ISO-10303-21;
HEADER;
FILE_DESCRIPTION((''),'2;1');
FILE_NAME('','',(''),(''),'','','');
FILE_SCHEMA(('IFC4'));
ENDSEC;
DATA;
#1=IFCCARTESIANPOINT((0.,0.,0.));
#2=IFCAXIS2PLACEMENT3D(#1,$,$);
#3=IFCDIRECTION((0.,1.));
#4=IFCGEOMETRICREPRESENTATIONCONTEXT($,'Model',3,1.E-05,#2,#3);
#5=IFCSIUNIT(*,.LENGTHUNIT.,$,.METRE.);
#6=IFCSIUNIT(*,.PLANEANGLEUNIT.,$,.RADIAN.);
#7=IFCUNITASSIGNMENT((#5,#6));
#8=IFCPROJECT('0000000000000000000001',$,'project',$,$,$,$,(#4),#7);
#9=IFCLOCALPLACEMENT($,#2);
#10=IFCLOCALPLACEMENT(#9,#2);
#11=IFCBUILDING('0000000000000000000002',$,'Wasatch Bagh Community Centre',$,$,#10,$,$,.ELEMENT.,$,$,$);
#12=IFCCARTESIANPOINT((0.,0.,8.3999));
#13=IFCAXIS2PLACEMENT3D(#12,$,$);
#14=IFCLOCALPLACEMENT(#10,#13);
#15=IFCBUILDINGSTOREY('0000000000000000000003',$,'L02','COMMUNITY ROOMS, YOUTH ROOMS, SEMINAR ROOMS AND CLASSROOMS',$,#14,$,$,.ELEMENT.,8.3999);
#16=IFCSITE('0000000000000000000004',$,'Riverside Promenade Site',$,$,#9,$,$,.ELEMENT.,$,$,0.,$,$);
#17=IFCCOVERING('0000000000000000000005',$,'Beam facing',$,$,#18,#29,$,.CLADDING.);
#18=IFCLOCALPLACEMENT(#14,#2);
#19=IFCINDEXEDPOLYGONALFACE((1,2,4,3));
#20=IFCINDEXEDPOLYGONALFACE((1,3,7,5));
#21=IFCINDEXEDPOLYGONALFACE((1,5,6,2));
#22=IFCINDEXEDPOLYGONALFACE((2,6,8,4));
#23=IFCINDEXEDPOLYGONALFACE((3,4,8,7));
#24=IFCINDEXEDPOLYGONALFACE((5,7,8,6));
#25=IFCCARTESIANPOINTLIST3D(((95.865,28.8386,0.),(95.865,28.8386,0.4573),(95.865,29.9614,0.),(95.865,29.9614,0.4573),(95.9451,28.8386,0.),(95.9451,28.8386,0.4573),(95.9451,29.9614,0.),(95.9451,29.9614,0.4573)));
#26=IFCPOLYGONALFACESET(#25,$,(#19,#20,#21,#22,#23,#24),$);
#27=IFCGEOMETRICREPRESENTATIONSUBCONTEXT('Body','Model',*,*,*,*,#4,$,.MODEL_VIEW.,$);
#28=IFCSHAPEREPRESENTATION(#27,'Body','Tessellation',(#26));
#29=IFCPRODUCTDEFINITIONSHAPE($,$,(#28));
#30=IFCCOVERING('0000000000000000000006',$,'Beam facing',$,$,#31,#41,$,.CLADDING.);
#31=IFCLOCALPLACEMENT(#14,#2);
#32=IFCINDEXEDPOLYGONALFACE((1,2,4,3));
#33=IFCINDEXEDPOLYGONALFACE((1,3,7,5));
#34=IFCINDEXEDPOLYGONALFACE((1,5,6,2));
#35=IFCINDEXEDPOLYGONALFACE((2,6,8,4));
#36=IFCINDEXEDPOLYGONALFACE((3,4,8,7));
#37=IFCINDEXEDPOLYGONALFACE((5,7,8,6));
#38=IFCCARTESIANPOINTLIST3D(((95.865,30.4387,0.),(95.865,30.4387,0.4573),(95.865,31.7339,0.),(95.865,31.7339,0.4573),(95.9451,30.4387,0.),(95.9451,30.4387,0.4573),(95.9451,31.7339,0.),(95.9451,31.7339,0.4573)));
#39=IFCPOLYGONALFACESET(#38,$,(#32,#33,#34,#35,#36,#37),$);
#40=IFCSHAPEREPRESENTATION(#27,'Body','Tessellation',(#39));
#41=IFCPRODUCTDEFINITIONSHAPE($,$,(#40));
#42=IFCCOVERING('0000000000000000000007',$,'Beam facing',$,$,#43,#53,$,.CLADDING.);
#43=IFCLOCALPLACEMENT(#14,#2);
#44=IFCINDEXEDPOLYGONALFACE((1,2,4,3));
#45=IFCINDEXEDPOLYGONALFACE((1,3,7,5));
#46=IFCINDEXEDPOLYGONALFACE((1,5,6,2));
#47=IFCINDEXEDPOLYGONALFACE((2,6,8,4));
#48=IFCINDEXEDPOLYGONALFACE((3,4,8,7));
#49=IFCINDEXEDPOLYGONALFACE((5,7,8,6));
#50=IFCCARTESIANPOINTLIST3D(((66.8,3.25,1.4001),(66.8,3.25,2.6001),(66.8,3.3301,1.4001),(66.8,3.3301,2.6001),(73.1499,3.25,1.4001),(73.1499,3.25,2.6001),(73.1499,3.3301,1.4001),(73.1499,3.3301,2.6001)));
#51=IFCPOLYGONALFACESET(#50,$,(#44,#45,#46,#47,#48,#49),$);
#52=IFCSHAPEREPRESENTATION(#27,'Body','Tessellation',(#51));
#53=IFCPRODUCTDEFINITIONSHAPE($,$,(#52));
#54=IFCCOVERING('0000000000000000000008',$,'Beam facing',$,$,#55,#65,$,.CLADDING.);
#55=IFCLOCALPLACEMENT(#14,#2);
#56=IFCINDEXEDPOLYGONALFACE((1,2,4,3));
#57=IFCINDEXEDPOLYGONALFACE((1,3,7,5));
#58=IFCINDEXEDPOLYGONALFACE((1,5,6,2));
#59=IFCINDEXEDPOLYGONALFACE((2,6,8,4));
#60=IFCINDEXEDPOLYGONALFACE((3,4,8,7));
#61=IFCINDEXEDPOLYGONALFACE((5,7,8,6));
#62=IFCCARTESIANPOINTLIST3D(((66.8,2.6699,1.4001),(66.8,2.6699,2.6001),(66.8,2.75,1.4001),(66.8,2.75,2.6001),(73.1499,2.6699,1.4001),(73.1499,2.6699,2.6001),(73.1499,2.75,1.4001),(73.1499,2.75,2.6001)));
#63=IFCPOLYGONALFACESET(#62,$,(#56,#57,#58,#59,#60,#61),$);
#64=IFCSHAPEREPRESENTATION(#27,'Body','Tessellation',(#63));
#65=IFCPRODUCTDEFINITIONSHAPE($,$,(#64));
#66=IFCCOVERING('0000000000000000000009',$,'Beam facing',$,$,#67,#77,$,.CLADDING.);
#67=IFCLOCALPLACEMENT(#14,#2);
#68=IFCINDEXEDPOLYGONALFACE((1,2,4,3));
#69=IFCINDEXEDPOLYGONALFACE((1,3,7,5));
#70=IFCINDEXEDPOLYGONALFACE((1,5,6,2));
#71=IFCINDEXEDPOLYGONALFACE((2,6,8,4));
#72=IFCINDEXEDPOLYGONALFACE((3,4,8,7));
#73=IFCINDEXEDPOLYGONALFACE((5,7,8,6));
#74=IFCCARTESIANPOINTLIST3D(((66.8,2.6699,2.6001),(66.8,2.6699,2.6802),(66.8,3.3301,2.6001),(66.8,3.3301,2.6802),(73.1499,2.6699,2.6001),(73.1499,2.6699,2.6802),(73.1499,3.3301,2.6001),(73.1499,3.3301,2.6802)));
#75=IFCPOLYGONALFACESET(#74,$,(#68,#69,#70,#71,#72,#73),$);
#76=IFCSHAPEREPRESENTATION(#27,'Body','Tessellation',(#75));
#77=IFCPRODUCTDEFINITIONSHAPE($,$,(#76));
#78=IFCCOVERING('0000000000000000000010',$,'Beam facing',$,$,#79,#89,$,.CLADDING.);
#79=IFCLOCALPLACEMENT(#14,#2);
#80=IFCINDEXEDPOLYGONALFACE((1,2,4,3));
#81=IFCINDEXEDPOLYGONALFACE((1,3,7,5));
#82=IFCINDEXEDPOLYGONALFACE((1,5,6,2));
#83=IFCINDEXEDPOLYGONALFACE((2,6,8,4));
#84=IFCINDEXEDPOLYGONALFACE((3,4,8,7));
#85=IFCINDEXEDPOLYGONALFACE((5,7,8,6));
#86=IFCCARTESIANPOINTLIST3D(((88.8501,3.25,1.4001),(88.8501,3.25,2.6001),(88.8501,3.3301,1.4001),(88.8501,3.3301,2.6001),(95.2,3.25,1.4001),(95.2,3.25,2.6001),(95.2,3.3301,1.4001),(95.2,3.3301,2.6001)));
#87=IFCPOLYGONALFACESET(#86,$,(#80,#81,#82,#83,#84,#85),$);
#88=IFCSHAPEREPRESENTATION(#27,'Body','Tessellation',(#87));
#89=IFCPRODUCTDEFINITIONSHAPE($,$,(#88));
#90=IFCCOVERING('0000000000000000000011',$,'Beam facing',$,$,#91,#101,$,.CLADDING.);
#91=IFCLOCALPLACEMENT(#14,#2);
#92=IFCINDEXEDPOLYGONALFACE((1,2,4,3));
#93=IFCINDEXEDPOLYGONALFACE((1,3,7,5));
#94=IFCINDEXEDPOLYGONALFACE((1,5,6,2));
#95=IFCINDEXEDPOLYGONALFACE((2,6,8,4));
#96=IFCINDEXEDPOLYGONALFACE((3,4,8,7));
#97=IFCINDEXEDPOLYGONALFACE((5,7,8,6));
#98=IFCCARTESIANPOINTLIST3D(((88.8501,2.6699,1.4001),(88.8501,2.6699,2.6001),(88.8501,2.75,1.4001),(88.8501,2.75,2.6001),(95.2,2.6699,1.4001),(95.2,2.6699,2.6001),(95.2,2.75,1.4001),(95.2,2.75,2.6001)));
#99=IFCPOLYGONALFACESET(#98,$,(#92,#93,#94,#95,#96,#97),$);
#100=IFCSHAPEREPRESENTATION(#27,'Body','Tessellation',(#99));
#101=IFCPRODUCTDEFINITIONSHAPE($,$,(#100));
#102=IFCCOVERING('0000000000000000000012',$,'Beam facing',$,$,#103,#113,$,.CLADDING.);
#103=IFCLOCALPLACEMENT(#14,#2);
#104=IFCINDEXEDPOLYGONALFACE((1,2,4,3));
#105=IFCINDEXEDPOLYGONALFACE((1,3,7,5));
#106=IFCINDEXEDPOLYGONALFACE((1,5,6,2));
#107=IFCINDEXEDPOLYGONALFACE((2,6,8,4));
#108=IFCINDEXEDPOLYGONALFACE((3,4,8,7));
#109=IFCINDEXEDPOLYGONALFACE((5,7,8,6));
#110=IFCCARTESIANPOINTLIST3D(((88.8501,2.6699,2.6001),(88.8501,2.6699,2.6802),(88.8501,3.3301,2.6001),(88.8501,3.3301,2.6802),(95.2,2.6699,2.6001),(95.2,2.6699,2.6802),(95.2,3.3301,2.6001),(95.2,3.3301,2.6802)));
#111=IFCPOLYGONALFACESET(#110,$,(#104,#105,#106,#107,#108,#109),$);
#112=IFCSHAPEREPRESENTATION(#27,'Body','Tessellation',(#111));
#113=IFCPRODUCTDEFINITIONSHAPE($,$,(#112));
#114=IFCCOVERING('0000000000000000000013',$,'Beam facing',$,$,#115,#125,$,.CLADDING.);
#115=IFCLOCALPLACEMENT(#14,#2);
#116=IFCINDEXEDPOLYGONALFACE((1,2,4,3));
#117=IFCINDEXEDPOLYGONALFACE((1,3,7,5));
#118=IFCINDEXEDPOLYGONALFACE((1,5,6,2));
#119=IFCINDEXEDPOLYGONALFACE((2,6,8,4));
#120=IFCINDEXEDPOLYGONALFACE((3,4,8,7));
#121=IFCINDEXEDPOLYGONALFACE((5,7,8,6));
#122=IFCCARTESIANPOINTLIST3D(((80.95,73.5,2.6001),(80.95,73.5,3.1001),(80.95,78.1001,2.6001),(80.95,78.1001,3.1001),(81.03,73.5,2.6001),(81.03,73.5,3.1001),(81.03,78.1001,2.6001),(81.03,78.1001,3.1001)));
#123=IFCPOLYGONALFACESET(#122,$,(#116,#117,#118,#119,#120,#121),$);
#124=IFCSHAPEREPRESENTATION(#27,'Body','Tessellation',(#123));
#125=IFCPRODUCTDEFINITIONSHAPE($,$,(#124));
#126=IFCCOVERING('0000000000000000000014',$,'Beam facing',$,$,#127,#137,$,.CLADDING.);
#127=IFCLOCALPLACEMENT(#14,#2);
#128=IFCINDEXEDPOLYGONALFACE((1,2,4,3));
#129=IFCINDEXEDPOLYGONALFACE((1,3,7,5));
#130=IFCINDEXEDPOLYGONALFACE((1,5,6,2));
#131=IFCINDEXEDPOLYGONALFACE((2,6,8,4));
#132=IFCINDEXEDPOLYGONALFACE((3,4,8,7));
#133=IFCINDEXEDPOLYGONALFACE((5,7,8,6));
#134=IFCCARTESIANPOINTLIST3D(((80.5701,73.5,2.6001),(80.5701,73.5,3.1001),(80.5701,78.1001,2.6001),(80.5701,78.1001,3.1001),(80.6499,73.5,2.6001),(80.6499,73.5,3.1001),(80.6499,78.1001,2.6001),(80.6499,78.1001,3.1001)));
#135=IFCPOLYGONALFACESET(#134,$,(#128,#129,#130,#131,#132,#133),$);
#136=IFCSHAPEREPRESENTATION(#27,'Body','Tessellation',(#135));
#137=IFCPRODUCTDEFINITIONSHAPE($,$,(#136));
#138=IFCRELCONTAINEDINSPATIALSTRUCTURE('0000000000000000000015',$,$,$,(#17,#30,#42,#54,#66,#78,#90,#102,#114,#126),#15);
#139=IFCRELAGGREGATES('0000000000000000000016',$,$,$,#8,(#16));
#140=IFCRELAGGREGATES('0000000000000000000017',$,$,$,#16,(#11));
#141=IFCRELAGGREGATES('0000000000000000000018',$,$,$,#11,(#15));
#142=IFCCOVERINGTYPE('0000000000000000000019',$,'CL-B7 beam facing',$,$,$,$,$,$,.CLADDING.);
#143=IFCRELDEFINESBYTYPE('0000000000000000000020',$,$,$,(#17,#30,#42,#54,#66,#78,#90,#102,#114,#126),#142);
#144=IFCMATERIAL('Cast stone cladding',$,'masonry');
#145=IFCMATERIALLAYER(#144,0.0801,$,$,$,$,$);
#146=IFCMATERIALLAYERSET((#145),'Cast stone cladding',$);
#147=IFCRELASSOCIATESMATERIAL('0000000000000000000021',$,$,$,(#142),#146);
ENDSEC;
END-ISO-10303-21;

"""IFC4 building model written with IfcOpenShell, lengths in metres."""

from ifc_helpers import new_model, si_unit, direction, frame, origin, place, context, subcontext, project, spatial, polyline, outline, extrude, material, layer, layer_set, type_object, element, save


model = new_model("IFC4")

# Units and contexts
model_context = context("Model", 3, precision=1e-05, world=origin(), true_north=direction((0.0, 1.0)))
body_context = subcontext(model_context, "Body", "Model", "MODEL_VIEW")
ifc_project = project(units=[si_unit("LENGTHUNIT", "METRE"), si_unit("PLANEANGLEUNIT", "RADIAN")], contexts=[model_context])

# Site, building, storey
site_placement = place(None, origin())
site = spatial("IfcSite", under=ifc_project, at=site_placement, Name="Riverside Promenade Site", CompositionType="ELEMENT", RefElevation=0.0)
building_placement = place(site_placement, origin())
building = spatial("IfcBuilding", under=site, at=building_placement, Name="Wasatch Bagh Community Centre", CompositionType="ELEMENT")
storey_placement = place(building_placement, frame((0.0, 0.0, 8.3999)))
storey = spatial("IfcBuildingStorey", under=building, at=storey_placement, Name="L02", Description="COMMUNITY ROOMS, YOUTH ROOMS, SEMINAR ROOMS AND CLASSROOMS", CompositionType="ELEMENT", Elevation=8.3999)

# Coverings
ifc_material = material(Name="Cast stone cladding", Category="masonry")
ifc_layer = layer(ifc_material, 0.0801)
ifc_layer_set = layer_set([ifc_layer], Name="Cast stone cladding")
covering_type = type_object("IfcCoveringType", Name="CL-B7 beam facing", PredefinedType="CLADDING", material=ifc_layer_set)
covering_1_placement = place(storey_placement, origin())
element("IfcCovering", 1, at=covering_1_placement, inside=storey, type_object=covering_type, Name="Beam facing", PredefinedType="CLADDING", context=body_context, shape_type="SweptSolid", body=[
    extrude(outline(polyline([(95.865, 28.8386), (95.865, 29.9614), (95.9451, 29.9614), (95.9451, 28.8386), (95.865, 28.8386)])), origin(), (0.0, 0.0, 1.0), 0.4573),
])
covering_2_placement = place(storey_placement, origin())
element("IfcCovering", 2, at=covering_2_placement, inside=storey, type_object=covering_type, Name="Beam facing", PredefinedType="CLADDING", context=body_context, shape_type="SweptSolid", body=[
    extrude(outline(polyline([(95.865, 30.4387), (95.865, 31.7339), (95.9451, 31.7339), (95.9451, 30.4387), (95.865, 30.4387)])), origin(), (0.0, 0.0, 1.0), 0.4573),
])
covering_3_placement = place(storey_placement, frame((0.0, 0.0, 1.4001)))
element("IfcCovering", 3, at=covering_3_placement, inside=storey, type_object=covering_type, Name="Beam facing", PredefinedType="CLADDING", context=body_context, shape_type="SweptSolid", body=[
    extrude(outline(polyline([(66.8, 3.25), (73.1499, 3.25), (73.1499, 3.3301), (66.8, 3.3301), (66.8, 3.25)])), origin(), (0.0, 0.0, 1.0), 1.2),
])
covering_4_placement = place(storey_placement, frame((0.0, 0.0, 1.4001)))
element("IfcCovering", 4, at=covering_4_placement, inside=storey, type_object=covering_type, Name="Beam facing", PredefinedType="CLADDING", context=body_context, shape_type="SweptSolid", body=[
    extrude(outline(polyline([(66.8, 2.75), (73.1499, 2.75), (73.1499, 2.6699), (66.8, 2.6699), (66.8, 2.75)])), origin(), (0.0, 0.0, 1.0), 1.2),
])
covering_5_placement = place(storey_placement, frame((0.0, 0.0, 2.6001)))
element("IfcCovering", 5, at=covering_5_placement, inside=storey, type_object=covering_type, Name="Beam facing", PredefinedType="CLADDING", context=body_context, shape_type="SweptSolid", body=[
    extrude(outline(polyline([(66.8, 2.6699), (73.1499, 2.6699), (73.1499, 3.3301), (66.8, 3.3301), (66.8, 2.6699)])), origin(), (0.0, 0.0, 1.0), 0.0801),
])
covering_6_placement = place(storey_placement, frame((0.0, 0.0, 1.4001)))
element("IfcCovering", 6, at=covering_6_placement, inside=storey, type_object=covering_type, Name="Beam facing", PredefinedType="CLADDING", context=body_context, shape_type="SweptSolid", body=[
    extrude(outline(polyline([(88.8501, 3.25), (95.2, 3.25), (95.2, 3.3301), (88.8501, 3.3301), (88.8501, 3.25)])), origin(), (0.0, 0.0, 1.0), 1.2),
])
covering_7_placement = place(storey_placement, frame((0.0, 0.0, 1.4001)))
element("IfcCovering", 7, at=covering_7_placement, inside=storey, type_object=covering_type, Name="Beam facing", PredefinedType="CLADDING", context=body_context, shape_type="SweptSolid", body=[
    extrude(outline(polyline([(88.8501, 2.75), (95.2, 2.75), (95.2, 2.6699), (88.8501, 2.6699), (88.8501, 2.75)])), origin(), (0.0, 0.0, 1.0), 1.2),
])
covering_8_placement = place(storey_placement, frame((0.0, 0.0, 2.6001)))
element("IfcCovering", 8, at=covering_8_placement, inside=storey, type_object=covering_type, Name="Beam facing", PredefinedType="CLADDING", context=body_context, shape_type="SweptSolid", body=[
    extrude(outline(polyline([(88.8501, 2.6699), (95.2, 2.6699), (95.2, 3.3301), (88.8501, 3.3301), (88.8501, 2.6699)])), origin(), (0.0, 0.0, 1.0), 0.0801),
])
covering_9_placement = place(storey_placement, frame((0.0, 0.0, 2.6001)))
element("IfcCovering", 9, at=covering_9_placement, inside=storey, type_object=covering_type, Name="Beam facing", PredefinedType="CLADDING", context=body_context, shape_type="SweptSolid", body=[
    extrude(outline(polyline([(80.95, 78.1001), (80.95, 73.5), (81.03, 73.5), (81.03, 78.1001), (80.95, 78.1001)])), origin(), (0.0, 0.0, 1.0), 0.5),
])
covering_10_placement = place(storey_placement, frame((0.0, 0.0, 2.6001)))
element("IfcCovering", 10, at=covering_10_placement, inside=storey, type_object=covering_type, Name="Beam facing", PredefinedType="CLADDING", context=body_context, shape_type="SweptSolid", body=[
    extrude(outline(polyline([(80.6499, 78.1001), (80.6499, 73.5), (80.5701, 73.5), (80.5701, 78.1001), (80.6499, 78.1001)])), origin(), (0.0, 0.0, 1.0), 0.5),
])

save(model, "model.ifc")
